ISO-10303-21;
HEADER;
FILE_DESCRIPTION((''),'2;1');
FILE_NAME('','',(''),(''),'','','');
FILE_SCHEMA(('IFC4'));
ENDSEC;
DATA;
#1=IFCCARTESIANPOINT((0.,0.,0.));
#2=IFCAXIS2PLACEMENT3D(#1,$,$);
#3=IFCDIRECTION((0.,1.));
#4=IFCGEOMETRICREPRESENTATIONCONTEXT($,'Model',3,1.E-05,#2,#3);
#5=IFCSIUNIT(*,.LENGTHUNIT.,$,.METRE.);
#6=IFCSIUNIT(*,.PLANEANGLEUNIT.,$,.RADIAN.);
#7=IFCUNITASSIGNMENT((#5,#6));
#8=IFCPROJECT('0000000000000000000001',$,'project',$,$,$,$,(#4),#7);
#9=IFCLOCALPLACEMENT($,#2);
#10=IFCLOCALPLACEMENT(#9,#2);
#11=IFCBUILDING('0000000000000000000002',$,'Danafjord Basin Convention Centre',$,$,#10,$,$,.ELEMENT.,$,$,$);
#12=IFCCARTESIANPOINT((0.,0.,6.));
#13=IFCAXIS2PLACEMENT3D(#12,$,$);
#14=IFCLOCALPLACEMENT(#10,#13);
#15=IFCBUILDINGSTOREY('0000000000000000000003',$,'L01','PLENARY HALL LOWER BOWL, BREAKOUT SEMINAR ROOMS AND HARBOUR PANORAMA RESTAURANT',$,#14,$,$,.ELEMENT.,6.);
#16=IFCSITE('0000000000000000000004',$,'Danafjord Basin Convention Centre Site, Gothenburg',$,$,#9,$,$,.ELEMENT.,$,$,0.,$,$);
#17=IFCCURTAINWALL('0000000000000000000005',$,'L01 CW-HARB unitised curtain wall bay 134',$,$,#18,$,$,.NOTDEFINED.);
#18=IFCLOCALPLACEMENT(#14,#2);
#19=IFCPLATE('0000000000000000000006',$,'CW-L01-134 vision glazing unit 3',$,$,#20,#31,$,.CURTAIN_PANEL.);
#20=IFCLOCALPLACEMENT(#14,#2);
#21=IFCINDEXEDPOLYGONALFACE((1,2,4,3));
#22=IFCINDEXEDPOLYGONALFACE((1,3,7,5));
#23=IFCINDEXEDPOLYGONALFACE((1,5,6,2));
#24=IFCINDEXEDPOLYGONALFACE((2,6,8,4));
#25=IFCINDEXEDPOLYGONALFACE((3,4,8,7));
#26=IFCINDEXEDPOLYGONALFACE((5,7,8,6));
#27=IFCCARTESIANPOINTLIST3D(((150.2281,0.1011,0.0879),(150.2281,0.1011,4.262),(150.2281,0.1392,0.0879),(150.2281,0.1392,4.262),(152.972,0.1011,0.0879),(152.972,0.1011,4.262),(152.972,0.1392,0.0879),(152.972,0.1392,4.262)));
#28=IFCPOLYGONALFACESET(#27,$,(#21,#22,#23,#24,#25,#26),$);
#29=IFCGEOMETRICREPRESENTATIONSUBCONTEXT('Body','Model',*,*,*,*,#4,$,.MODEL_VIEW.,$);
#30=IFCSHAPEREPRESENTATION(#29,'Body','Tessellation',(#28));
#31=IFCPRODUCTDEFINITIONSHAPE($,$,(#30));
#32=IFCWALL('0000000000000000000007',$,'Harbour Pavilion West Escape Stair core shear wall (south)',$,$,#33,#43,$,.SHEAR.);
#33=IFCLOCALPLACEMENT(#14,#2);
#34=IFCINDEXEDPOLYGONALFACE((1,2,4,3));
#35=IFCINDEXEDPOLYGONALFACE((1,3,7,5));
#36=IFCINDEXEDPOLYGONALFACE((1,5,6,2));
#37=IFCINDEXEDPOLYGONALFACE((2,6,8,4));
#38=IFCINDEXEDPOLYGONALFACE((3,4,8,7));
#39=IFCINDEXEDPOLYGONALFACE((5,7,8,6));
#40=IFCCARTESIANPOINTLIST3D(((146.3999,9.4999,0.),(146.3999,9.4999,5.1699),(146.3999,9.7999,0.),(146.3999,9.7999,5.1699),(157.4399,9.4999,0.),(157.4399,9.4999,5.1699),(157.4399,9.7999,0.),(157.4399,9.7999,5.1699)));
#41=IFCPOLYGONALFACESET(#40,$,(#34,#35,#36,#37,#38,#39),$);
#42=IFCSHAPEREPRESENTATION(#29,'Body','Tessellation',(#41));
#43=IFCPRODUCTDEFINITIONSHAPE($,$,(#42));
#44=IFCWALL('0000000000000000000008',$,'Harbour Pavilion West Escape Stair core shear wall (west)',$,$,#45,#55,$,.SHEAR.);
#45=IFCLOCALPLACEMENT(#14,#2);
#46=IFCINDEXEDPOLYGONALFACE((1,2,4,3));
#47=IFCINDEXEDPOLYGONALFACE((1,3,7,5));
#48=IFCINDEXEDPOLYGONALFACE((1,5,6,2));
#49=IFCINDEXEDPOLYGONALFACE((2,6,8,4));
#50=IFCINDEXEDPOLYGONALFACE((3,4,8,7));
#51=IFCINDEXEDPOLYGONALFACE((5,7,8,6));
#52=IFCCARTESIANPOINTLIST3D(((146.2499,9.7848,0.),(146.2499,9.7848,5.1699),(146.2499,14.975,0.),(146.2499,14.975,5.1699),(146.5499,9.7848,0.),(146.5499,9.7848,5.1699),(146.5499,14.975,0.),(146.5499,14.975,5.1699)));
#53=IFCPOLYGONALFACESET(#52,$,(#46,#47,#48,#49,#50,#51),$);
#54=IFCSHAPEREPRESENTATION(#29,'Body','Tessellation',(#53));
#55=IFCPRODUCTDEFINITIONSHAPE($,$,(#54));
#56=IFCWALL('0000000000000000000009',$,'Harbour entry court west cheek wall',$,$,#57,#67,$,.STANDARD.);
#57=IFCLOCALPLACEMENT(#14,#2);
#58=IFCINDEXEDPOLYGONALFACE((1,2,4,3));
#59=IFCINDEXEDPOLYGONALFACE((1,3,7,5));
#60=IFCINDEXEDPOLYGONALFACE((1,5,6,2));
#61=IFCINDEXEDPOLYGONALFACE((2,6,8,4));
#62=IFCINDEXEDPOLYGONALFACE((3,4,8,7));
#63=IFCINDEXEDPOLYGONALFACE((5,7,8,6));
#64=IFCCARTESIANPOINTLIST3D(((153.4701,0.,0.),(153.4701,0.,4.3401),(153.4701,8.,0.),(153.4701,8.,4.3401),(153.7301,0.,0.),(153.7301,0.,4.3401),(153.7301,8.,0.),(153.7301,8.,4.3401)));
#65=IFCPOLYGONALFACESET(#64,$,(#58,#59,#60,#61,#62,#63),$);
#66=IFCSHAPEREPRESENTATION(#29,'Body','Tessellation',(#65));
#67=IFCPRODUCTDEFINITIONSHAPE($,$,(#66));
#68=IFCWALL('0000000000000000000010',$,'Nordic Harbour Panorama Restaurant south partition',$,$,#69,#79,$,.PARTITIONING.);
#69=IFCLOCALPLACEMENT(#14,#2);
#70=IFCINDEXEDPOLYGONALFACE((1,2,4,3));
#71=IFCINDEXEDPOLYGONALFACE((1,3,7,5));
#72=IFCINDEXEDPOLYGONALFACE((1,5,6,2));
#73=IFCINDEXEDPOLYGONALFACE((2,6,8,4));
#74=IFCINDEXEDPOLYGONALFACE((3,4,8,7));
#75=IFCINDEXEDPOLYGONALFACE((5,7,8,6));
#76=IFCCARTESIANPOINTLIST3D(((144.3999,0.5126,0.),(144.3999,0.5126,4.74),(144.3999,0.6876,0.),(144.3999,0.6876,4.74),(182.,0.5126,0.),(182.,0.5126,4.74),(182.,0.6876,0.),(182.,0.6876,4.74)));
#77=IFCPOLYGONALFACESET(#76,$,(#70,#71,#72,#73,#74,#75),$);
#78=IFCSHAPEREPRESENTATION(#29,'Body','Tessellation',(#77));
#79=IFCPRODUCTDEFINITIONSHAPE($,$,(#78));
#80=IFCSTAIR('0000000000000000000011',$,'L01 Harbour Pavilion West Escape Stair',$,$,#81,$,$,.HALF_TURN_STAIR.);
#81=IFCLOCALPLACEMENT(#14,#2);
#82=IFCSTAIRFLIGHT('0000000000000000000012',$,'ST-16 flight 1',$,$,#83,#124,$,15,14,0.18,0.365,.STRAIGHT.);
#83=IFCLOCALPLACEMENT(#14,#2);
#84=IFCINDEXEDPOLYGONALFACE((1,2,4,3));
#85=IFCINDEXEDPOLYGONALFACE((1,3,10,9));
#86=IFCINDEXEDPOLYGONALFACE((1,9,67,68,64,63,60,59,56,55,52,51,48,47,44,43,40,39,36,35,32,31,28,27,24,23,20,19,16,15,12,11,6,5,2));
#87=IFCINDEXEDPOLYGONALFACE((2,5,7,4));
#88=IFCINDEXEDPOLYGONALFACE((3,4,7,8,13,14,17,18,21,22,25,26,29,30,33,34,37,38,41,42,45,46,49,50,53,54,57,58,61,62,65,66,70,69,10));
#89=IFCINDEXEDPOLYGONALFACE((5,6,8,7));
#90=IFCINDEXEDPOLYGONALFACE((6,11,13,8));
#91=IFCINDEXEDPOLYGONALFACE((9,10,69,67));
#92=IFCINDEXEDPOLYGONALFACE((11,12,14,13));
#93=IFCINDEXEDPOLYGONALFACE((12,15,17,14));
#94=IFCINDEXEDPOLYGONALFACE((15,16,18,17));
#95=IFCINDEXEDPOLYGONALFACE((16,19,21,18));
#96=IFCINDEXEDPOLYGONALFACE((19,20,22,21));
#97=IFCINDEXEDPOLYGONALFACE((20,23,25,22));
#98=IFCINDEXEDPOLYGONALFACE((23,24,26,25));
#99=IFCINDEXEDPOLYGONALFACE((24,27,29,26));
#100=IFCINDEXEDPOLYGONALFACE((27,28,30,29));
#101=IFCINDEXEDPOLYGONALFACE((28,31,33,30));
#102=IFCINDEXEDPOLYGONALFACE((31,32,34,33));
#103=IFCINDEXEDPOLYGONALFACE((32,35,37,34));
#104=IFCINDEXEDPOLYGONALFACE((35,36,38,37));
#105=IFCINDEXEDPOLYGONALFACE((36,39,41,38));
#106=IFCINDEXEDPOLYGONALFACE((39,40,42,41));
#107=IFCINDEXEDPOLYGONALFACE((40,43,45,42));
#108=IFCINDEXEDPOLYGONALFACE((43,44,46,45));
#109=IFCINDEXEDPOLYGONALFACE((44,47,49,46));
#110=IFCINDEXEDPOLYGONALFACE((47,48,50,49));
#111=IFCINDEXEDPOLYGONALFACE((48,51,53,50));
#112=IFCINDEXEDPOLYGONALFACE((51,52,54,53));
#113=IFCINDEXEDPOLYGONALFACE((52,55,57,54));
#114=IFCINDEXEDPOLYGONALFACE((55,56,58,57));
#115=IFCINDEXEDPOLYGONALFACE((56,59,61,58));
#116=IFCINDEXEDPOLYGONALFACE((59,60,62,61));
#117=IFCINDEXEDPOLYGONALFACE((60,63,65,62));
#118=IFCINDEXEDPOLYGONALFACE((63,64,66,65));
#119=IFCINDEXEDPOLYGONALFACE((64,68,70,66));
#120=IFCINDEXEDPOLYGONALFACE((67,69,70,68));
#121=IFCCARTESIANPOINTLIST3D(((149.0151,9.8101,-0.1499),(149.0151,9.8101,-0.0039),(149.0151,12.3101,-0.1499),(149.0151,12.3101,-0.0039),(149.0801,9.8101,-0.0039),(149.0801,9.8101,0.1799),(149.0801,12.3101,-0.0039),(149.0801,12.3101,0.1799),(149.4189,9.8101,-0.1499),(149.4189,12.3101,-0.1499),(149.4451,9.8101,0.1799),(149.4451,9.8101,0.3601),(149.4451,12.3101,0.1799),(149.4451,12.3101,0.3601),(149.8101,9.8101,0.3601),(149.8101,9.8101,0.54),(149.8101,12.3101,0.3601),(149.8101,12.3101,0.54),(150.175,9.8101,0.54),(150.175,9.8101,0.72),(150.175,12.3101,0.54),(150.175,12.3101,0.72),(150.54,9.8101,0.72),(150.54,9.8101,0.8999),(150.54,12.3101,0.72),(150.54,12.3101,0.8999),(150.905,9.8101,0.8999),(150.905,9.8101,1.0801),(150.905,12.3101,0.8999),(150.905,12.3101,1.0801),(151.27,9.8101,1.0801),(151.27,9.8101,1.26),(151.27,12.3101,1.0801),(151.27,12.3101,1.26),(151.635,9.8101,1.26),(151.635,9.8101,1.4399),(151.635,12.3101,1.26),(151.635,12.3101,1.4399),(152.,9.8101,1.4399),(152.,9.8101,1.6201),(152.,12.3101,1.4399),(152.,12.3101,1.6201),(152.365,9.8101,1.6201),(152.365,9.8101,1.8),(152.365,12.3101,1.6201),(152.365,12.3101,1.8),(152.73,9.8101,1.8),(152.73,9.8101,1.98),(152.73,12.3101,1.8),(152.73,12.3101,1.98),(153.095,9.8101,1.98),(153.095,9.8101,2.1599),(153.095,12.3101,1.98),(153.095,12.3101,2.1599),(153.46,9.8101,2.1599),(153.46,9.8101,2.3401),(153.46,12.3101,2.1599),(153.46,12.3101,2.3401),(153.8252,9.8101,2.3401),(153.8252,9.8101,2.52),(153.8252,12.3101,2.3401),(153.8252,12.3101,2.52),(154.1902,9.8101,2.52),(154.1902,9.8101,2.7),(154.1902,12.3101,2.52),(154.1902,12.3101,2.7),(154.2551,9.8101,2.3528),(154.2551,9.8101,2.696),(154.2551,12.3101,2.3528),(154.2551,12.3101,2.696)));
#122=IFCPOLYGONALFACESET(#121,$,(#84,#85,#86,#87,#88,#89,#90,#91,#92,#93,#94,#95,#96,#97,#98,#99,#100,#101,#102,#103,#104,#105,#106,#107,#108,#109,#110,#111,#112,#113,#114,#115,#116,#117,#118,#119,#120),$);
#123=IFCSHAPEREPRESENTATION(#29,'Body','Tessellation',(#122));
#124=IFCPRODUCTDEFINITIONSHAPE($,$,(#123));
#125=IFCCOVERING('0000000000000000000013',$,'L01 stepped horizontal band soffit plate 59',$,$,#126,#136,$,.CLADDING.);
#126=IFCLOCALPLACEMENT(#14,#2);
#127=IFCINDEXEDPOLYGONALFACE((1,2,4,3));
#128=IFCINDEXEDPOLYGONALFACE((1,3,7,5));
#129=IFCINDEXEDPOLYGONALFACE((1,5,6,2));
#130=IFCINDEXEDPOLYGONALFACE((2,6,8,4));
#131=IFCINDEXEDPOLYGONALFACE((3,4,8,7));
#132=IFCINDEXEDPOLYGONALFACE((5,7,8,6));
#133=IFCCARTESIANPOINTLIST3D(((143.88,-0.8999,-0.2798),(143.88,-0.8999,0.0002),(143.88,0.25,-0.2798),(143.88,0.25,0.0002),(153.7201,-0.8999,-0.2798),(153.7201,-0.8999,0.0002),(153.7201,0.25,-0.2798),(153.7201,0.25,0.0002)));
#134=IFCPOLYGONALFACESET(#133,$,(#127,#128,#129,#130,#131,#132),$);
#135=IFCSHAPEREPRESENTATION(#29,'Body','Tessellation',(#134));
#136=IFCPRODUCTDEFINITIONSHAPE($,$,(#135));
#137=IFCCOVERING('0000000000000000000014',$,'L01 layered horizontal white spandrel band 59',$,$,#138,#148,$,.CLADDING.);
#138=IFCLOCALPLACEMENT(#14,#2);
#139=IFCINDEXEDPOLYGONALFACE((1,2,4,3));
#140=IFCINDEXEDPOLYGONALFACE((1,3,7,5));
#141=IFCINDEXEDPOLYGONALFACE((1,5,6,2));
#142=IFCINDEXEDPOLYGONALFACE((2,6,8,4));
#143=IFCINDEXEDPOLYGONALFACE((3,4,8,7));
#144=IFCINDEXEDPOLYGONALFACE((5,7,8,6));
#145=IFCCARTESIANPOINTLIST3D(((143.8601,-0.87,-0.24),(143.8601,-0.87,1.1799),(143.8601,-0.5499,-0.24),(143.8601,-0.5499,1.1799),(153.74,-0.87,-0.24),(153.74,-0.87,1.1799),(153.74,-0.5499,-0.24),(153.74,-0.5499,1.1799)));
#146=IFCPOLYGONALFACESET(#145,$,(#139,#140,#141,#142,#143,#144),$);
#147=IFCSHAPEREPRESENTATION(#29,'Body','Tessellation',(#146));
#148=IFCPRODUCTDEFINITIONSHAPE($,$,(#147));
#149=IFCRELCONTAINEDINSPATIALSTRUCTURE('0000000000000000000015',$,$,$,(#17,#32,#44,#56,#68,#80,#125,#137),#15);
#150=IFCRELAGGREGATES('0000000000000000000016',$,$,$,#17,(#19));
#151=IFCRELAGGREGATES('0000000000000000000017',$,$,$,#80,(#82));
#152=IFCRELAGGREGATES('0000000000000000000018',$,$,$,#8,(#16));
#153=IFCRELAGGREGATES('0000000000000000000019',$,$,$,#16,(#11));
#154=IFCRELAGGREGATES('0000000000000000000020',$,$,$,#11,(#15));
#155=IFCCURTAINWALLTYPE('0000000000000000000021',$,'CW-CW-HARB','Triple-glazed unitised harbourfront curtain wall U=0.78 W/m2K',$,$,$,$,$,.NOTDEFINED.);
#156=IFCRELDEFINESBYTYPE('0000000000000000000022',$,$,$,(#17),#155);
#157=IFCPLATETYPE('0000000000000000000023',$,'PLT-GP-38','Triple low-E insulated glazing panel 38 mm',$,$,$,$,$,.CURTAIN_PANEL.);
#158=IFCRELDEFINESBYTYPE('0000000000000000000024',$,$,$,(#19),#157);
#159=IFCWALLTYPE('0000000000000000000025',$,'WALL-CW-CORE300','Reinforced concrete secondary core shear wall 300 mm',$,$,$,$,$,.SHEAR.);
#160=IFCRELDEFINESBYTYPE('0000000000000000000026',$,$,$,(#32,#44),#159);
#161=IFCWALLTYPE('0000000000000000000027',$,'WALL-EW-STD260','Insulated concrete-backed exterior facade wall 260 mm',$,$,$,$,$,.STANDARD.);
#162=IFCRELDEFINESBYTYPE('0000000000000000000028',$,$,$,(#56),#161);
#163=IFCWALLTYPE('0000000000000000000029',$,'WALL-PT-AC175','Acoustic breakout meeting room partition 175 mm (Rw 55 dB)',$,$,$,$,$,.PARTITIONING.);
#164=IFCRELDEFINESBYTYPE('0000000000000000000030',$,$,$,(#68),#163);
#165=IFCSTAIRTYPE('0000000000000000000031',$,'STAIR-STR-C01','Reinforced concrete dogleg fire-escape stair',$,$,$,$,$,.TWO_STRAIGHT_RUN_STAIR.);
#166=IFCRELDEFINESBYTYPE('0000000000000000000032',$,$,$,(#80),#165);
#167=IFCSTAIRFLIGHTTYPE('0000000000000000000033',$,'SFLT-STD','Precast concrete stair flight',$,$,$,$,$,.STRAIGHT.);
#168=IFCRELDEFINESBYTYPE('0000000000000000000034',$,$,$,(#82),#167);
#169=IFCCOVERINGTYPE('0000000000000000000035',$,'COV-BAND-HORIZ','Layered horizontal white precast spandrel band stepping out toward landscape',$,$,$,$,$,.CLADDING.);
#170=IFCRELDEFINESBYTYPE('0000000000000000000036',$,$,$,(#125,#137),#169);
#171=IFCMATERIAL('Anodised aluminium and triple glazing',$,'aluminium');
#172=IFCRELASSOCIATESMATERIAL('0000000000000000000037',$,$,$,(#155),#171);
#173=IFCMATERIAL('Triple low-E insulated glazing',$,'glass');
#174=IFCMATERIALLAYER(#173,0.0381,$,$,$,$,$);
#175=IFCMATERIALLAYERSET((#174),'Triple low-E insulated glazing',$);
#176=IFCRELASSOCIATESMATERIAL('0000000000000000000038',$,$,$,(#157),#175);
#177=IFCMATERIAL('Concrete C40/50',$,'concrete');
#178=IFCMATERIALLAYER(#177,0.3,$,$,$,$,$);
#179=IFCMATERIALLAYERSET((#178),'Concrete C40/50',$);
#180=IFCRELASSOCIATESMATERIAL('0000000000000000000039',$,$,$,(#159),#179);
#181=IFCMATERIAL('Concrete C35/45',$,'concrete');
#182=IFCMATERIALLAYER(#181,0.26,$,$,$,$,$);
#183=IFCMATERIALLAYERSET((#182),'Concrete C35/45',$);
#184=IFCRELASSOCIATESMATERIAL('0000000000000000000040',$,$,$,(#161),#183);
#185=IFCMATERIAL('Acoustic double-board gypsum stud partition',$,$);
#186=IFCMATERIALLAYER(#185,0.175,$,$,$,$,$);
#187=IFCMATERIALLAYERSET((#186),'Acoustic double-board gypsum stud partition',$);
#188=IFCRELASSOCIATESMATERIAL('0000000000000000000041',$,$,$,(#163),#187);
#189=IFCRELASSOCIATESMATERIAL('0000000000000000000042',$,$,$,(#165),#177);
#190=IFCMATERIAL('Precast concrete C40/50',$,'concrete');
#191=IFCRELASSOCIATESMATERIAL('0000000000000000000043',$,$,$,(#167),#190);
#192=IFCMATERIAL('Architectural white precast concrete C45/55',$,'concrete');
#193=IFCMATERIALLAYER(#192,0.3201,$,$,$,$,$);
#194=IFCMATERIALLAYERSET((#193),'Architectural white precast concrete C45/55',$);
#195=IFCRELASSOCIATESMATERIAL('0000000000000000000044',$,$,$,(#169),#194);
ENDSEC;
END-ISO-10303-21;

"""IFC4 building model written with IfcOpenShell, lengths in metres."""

from ifc_helpers import new_model, si_unit, direction, frame, frame_2d, origin, origin_2d, place, context, subcontext, project, spatial, polyline, rectangle, outline, extrude, material, layer, layer_set, type_object, element, aggregate, save


model = new_model("IFC4")

# Units and contexts
model_context = context("Model", 3, precision=1e-05, world=origin(), true_north=direction((0.0, 1.0)))
body_context = subcontext(model_context, "Body", "Model", "MODEL_VIEW")
ifc_project = project(units=[si_unit("LENGTHUNIT", "METRE"), si_unit("PLANEANGLEUNIT", "RADIAN")], contexts=[model_context])

# Site, building, storey
site_placement = place(None, origin())
site = spatial("IfcSite", under=ifc_project, at=site_placement, Name="Danafjord Basin Convention Centre Site, Gothenburg", CompositionType="ELEMENT", RefElevation=0.0)
building_placement = place(site_placement, origin())
building = spatial("IfcBuilding", under=site, at=building_placement, Name="Danafjord Basin Convention Centre", CompositionType="ELEMENT")
storey_placement = place(building_placement, frame((0.0, 0.0, 6.0)))
storey = spatial("IfcBuildingStorey", under=building, at=storey_placement, Name="L01", Description="PLENARY HALL LOWER BOWL, BREAKOUT SEMINAR ROOMS AND HARBOUR PANORAMA RESTAURANT", CompositionType="ELEMENT", Elevation=6.0)

# Curtain wall, plate
ifc_material_1 = material(Name="Anodised aluminium and triple glazing", Category="aluminium")
curtain_wall_type = type_object("IfcCurtainWallType", Name="CW-CW-HARB", Description="Triple-glazed unitised harbourfront curtain wall U=0.78 W/m2K", PredefinedType="NOTDEFINED", material=ifc_material_1)
curtain_wall_placement = place(storey_placement, origin())
curtain_wall = element("IfcCurtainWall", 1, at=curtain_wall_placement, inside=storey, type_object=curtain_wall_type, Name="L01 CW-HARB unitised curtain wall bay 134", PredefinedType="NOTDEFINED")
ifc_material_2 = material(Name="Triple low-E insulated glazing", Category="glass")
ifc_layer_1 = layer(ifc_material_2, 0.0381)
ifc_layer_set_1 = layer_set([ifc_layer_1], Name="Triple low-E insulated glazing")
plate_type = type_object("IfcPlateType", Name="PLT-GP-38", Description="Triple low-E insulated glazing panel 38 mm", PredefinedType="CURTAIN_PANEL", material=ifc_layer_set_1)
plate_1_placement = place(storey_placement, frame((151.6001, 0.1201, 0.0879), z_axis=(0.0, 0.0, 1.0), x_axis=(1.0, 0.0, 0.0)))
plate_1 = element("IfcPlate", 2, at=plate_1_placement, type_object=plate_type, Name="CW-L01-134 vision glazing unit 3", PredefinedType="CURTAIN_PANEL", context=body_context, shape_type="SweptSolid", body=[
    extrude(rectangle(XDim=2.7439, YDim=0.0381, at=origin_2d()), origin(), (0.0, 0.0, 1.0), 4.1741),
])
aggregate(curtain_wall, [plate_1])

# Walls
ifc_material_3 = material(Name="Concrete C40/50", Category="concrete")
ifc_layer_2 = layer(ifc_material_3, 0.3)
ifc_layer_set_2 = layer_set([ifc_layer_2], Name="Concrete C40/50")
wall_type_1 = type_object("IfcWallType", Name="WALL-CW-CORE300", Description="Reinforced concrete secondary core shear wall 300 mm", PredefinedType="SHEAR", material=ifc_layer_set_2)
wall_1_placement = place(storey_placement, frame((146.3999, 9.6499, 0.0), z_axis=(0.0, 0.0, 1.0), x_axis=(1.0, 0.0, 0.0)))
element("IfcWall", 3, at=wall_1_placement, inside=storey, type_object=wall_type_1, Name="Harbour Pavilion West Escape Stair core shear wall (south)", PredefinedType="SHEAR", context=body_context, shape_type="SweptSolid", body=[
    extrude(rectangle(XDim=11.04, YDim=0.3, at=frame_2d((5.52, 0.0))), origin(), (0.0, 0.0, 1.0), 5.1699),
])
wall_2_placement = place(storey_placement, frame((146.3999, 14.9751, 0.0), z_axis=(0.0, 0.0, 1.0), x_axis=(0.0, -1.0, 0.0)))
element("IfcWall", 4, at=wall_2_placement, inside=storey, type_object=wall_type_1, Name="Harbour Pavilion West Escape Stair core shear wall (west)", PredefinedType="SHEAR", context=body_context, shape_type="SweptSolid", body=[
    extrude(rectangle(XDim=5.1902, YDim=0.3, at=frame_2d((2.5952, 0.0))), origin(), (0.0, 0.0, 1.0), 5.1699),
])
ifc_material_4 = material(Name="Concrete C35/45", Category="concrete")
ifc_layer_3 = layer(ifc_material_4, 0.26)
ifc_layer_set_3 = layer_set([ifc_layer_3], Name="Concrete C35/45")
wall_type_2 = type_object("IfcWallType", Name="WALL-EW-STD260", Description="Insulated concrete-backed exterior facade wall 260 mm", PredefinedType="STANDARD", material=ifc_layer_set_3)
wall_3_placement = place(storey_placement, frame((153.6001, 0.0, 0.0), z_axis=(0.0, 0.0, 1.0), x_axis=(0.0, 1.0, 0.0)))
element("IfcWall", 5, at=wall_3_placement, inside=storey, type_object=wall_type_2, Name="Harbour entry court west cheek wall", PredefinedType="STANDARD", context=body_context, shape_type="SweptSolid", body=[
    extrude(rectangle(XDim=8.0, YDim=0.26, at=frame_2d((4.0, 0.0))), origin(), (0.0, 0.0, 1.0), 4.3401),
])
ifc_material_5 = material(Name="Acoustic double-board gypsum stud partition")
ifc_layer_4 = layer(ifc_material_5, 0.175)
ifc_layer_set_4 = layer_set([ifc_layer_4], Name="Acoustic double-board gypsum stud partition")
wall_type_3 = type_object("IfcWallType", Name="WALL-PT-AC175", Description="Acoustic breakout meeting room partition 175 mm (Rw 55 dB)", PredefinedType="PARTITIONING", material=ifc_layer_set_4)
wall_4_placement = place(storey_placement, frame((144.3999, 0.6001, 0.0), z_axis=(0.0, 0.0, 1.0), x_axis=(1.0, 0.0, 0.0)))
element("IfcWall", 6, at=wall_4_placement, inside=storey, type_object=wall_type_3, Name="Nordic Harbour Panorama Restaurant south partition", PredefinedType="PARTITIONING", context=body_context, shape_type="SweptSolid", body=[
    extrude(rectangle(XDim=37.6001, YDim=0.175, at=frame_2d((18.8, 0.0))), origin(), (0.0, 0.0, 1.0), 4.74),
])

# Stair, stair flight
stair_type = type_object("IfcStairType", Name="STAIR-STR-C01", Description="Reinforced concrete dogleg fire-escape stair", PredefinedType="TWO_STRAIGHT_RUN_STAIR", material=ifc_material_3)
stair_placement = place(storey_placement, origin())
stair = element("IfcStair", 7, at=stair_placement, inside=storey, type_object=stair_type, Name="L01 Harbour Pavilion West Escape Stair", PredefinedType="HALF_TURN_STAIR")
ifc_material_6 = material(Name="Precast concrete C40/50", Category="concrete")
stair_flight_type = type_object("IfcStairFlightType", Name="SFLT-STD", Description="Precast concrete stair flight", PredefinedType="STRAIGHT", material=ifc_material_6)
stair_flight_placement = place(storey_placement, frame((149.0801, 11.0601, 0.0), z_axis=(0.0, 0.0, 1.0), x_axis=(1.0, 0.0, 0.0)))
stair_flight = element("IfcStairFlight", 8, at=stair_flight_placement, type_object=stair_flight_type, Name="ST-16 flight 1", NumberOfRisers=15, NumberOfTreads=14, PredefinedType="STRAIGHT", RiserHeight=0.18, TreadLength=0.365, context=body_context, shape_type="SweptSolid", body=[
    extrude(outline(polyline([(-0.0649, -0.1499), (-0.0649, -0.0039), (0.0, -0.0039), (0.0, 0.1799), (0.365, 0.1799), (0.365, 0.3601), (0.73, 0.3601), (0.73, 0.54), (1.095, 0.54), (1.095, 0.72), (1.46, 0.72), (1.46, 0.8999), (1.825, 0.8999), (1.825, 1.0801), (2.1899, 1.0801), (2.1899, 1.26), (2.5549, 1.26), (2.5549, 1.4399), (2.9199, 1.4399), (2.9199, 1.6201), (3.2849, 1.6201), (3.2849, 1.8), (3.6499, 1.8), (3.6499, 1.98), (4.0149, 1.98), (4.0149, 2.1599), (4.3799, 2.1599), (4.3799, 2.3401), (4.7451, 2.3401), (4.7451, 2.52), (5.1101, 2.52), (5.1101, 2.7), (5.175, 2.696), (5.175, 2.3528), (0.3389, -0.1499), (-0.0649, -0.1499)])), frame((0.0, 1.25, 0.0), z_axis=(0.0, -1.0, 0.0), x_axis=(1.0, 0.0, 0.0)), (0.0, 0.0, 1.0), 2.5),
])
aggregate(stair, [stair_flight])

# Coverings
ifc_material_7 = material(Name="Architectural white precast concrete C45/55", Category="concrete")
ifc_layer_5 = layer(ifc_material_7, 0.3201)
ifc_layer_set_5 = layer_set([ifc_layer_5], Name="Architectural white precast concrete C45/55")
covering_type = type_object("IfcCoveringType", Name="COV-BAND-HORIZ", Description="Layered horizontal white precast spandrel band stepping out toward landscape", PredefinedType="CLADDING", material=ifc_layer_set_5)
covering_1_placement = place(storey_placement, frame((148.8, -0.325, -0.2798), z_axis=(0.0, 0.0, 1.0), x_axis=(1.0, 0.0, 0.0)))
element("IfcCovering", 9, at=covering_1_placement, inside=storey, type_object=covering_type, Name="L01 stepped horizontal band soffit plate 59", PredefinedType="CLADDING", context=body_context, shape_type="SweptSolid", body=[
    extrude(rectangle(XDim=9.8401, YDim=1.1499, at=origin_2d()), origin(), (0.0, 0.0, 1.0), 0.28),
])
covering_2_placement = place(storey_placement, frame((148.8, -0.71, -0.24), z_axis=(0.0, 0.0, 1.0), x_axis=(1.0, 0.0, 0.0)))
element("IfcCovering", 10, at=covering_2_placement, inside=storey, type_object=covering_type, Name="L01 layered horizontal white spandrel band 59", PredefinedType="CLADDING", context=body_context, shape_type="SweptSolid", body=[
    extrude(rectangle(XDim=9.8799, YDim=0.3201, at=origin_2d()), origin(), (0.0, 0.0, 1.0), 1.4199),
])

save(model, "model.ifc")
